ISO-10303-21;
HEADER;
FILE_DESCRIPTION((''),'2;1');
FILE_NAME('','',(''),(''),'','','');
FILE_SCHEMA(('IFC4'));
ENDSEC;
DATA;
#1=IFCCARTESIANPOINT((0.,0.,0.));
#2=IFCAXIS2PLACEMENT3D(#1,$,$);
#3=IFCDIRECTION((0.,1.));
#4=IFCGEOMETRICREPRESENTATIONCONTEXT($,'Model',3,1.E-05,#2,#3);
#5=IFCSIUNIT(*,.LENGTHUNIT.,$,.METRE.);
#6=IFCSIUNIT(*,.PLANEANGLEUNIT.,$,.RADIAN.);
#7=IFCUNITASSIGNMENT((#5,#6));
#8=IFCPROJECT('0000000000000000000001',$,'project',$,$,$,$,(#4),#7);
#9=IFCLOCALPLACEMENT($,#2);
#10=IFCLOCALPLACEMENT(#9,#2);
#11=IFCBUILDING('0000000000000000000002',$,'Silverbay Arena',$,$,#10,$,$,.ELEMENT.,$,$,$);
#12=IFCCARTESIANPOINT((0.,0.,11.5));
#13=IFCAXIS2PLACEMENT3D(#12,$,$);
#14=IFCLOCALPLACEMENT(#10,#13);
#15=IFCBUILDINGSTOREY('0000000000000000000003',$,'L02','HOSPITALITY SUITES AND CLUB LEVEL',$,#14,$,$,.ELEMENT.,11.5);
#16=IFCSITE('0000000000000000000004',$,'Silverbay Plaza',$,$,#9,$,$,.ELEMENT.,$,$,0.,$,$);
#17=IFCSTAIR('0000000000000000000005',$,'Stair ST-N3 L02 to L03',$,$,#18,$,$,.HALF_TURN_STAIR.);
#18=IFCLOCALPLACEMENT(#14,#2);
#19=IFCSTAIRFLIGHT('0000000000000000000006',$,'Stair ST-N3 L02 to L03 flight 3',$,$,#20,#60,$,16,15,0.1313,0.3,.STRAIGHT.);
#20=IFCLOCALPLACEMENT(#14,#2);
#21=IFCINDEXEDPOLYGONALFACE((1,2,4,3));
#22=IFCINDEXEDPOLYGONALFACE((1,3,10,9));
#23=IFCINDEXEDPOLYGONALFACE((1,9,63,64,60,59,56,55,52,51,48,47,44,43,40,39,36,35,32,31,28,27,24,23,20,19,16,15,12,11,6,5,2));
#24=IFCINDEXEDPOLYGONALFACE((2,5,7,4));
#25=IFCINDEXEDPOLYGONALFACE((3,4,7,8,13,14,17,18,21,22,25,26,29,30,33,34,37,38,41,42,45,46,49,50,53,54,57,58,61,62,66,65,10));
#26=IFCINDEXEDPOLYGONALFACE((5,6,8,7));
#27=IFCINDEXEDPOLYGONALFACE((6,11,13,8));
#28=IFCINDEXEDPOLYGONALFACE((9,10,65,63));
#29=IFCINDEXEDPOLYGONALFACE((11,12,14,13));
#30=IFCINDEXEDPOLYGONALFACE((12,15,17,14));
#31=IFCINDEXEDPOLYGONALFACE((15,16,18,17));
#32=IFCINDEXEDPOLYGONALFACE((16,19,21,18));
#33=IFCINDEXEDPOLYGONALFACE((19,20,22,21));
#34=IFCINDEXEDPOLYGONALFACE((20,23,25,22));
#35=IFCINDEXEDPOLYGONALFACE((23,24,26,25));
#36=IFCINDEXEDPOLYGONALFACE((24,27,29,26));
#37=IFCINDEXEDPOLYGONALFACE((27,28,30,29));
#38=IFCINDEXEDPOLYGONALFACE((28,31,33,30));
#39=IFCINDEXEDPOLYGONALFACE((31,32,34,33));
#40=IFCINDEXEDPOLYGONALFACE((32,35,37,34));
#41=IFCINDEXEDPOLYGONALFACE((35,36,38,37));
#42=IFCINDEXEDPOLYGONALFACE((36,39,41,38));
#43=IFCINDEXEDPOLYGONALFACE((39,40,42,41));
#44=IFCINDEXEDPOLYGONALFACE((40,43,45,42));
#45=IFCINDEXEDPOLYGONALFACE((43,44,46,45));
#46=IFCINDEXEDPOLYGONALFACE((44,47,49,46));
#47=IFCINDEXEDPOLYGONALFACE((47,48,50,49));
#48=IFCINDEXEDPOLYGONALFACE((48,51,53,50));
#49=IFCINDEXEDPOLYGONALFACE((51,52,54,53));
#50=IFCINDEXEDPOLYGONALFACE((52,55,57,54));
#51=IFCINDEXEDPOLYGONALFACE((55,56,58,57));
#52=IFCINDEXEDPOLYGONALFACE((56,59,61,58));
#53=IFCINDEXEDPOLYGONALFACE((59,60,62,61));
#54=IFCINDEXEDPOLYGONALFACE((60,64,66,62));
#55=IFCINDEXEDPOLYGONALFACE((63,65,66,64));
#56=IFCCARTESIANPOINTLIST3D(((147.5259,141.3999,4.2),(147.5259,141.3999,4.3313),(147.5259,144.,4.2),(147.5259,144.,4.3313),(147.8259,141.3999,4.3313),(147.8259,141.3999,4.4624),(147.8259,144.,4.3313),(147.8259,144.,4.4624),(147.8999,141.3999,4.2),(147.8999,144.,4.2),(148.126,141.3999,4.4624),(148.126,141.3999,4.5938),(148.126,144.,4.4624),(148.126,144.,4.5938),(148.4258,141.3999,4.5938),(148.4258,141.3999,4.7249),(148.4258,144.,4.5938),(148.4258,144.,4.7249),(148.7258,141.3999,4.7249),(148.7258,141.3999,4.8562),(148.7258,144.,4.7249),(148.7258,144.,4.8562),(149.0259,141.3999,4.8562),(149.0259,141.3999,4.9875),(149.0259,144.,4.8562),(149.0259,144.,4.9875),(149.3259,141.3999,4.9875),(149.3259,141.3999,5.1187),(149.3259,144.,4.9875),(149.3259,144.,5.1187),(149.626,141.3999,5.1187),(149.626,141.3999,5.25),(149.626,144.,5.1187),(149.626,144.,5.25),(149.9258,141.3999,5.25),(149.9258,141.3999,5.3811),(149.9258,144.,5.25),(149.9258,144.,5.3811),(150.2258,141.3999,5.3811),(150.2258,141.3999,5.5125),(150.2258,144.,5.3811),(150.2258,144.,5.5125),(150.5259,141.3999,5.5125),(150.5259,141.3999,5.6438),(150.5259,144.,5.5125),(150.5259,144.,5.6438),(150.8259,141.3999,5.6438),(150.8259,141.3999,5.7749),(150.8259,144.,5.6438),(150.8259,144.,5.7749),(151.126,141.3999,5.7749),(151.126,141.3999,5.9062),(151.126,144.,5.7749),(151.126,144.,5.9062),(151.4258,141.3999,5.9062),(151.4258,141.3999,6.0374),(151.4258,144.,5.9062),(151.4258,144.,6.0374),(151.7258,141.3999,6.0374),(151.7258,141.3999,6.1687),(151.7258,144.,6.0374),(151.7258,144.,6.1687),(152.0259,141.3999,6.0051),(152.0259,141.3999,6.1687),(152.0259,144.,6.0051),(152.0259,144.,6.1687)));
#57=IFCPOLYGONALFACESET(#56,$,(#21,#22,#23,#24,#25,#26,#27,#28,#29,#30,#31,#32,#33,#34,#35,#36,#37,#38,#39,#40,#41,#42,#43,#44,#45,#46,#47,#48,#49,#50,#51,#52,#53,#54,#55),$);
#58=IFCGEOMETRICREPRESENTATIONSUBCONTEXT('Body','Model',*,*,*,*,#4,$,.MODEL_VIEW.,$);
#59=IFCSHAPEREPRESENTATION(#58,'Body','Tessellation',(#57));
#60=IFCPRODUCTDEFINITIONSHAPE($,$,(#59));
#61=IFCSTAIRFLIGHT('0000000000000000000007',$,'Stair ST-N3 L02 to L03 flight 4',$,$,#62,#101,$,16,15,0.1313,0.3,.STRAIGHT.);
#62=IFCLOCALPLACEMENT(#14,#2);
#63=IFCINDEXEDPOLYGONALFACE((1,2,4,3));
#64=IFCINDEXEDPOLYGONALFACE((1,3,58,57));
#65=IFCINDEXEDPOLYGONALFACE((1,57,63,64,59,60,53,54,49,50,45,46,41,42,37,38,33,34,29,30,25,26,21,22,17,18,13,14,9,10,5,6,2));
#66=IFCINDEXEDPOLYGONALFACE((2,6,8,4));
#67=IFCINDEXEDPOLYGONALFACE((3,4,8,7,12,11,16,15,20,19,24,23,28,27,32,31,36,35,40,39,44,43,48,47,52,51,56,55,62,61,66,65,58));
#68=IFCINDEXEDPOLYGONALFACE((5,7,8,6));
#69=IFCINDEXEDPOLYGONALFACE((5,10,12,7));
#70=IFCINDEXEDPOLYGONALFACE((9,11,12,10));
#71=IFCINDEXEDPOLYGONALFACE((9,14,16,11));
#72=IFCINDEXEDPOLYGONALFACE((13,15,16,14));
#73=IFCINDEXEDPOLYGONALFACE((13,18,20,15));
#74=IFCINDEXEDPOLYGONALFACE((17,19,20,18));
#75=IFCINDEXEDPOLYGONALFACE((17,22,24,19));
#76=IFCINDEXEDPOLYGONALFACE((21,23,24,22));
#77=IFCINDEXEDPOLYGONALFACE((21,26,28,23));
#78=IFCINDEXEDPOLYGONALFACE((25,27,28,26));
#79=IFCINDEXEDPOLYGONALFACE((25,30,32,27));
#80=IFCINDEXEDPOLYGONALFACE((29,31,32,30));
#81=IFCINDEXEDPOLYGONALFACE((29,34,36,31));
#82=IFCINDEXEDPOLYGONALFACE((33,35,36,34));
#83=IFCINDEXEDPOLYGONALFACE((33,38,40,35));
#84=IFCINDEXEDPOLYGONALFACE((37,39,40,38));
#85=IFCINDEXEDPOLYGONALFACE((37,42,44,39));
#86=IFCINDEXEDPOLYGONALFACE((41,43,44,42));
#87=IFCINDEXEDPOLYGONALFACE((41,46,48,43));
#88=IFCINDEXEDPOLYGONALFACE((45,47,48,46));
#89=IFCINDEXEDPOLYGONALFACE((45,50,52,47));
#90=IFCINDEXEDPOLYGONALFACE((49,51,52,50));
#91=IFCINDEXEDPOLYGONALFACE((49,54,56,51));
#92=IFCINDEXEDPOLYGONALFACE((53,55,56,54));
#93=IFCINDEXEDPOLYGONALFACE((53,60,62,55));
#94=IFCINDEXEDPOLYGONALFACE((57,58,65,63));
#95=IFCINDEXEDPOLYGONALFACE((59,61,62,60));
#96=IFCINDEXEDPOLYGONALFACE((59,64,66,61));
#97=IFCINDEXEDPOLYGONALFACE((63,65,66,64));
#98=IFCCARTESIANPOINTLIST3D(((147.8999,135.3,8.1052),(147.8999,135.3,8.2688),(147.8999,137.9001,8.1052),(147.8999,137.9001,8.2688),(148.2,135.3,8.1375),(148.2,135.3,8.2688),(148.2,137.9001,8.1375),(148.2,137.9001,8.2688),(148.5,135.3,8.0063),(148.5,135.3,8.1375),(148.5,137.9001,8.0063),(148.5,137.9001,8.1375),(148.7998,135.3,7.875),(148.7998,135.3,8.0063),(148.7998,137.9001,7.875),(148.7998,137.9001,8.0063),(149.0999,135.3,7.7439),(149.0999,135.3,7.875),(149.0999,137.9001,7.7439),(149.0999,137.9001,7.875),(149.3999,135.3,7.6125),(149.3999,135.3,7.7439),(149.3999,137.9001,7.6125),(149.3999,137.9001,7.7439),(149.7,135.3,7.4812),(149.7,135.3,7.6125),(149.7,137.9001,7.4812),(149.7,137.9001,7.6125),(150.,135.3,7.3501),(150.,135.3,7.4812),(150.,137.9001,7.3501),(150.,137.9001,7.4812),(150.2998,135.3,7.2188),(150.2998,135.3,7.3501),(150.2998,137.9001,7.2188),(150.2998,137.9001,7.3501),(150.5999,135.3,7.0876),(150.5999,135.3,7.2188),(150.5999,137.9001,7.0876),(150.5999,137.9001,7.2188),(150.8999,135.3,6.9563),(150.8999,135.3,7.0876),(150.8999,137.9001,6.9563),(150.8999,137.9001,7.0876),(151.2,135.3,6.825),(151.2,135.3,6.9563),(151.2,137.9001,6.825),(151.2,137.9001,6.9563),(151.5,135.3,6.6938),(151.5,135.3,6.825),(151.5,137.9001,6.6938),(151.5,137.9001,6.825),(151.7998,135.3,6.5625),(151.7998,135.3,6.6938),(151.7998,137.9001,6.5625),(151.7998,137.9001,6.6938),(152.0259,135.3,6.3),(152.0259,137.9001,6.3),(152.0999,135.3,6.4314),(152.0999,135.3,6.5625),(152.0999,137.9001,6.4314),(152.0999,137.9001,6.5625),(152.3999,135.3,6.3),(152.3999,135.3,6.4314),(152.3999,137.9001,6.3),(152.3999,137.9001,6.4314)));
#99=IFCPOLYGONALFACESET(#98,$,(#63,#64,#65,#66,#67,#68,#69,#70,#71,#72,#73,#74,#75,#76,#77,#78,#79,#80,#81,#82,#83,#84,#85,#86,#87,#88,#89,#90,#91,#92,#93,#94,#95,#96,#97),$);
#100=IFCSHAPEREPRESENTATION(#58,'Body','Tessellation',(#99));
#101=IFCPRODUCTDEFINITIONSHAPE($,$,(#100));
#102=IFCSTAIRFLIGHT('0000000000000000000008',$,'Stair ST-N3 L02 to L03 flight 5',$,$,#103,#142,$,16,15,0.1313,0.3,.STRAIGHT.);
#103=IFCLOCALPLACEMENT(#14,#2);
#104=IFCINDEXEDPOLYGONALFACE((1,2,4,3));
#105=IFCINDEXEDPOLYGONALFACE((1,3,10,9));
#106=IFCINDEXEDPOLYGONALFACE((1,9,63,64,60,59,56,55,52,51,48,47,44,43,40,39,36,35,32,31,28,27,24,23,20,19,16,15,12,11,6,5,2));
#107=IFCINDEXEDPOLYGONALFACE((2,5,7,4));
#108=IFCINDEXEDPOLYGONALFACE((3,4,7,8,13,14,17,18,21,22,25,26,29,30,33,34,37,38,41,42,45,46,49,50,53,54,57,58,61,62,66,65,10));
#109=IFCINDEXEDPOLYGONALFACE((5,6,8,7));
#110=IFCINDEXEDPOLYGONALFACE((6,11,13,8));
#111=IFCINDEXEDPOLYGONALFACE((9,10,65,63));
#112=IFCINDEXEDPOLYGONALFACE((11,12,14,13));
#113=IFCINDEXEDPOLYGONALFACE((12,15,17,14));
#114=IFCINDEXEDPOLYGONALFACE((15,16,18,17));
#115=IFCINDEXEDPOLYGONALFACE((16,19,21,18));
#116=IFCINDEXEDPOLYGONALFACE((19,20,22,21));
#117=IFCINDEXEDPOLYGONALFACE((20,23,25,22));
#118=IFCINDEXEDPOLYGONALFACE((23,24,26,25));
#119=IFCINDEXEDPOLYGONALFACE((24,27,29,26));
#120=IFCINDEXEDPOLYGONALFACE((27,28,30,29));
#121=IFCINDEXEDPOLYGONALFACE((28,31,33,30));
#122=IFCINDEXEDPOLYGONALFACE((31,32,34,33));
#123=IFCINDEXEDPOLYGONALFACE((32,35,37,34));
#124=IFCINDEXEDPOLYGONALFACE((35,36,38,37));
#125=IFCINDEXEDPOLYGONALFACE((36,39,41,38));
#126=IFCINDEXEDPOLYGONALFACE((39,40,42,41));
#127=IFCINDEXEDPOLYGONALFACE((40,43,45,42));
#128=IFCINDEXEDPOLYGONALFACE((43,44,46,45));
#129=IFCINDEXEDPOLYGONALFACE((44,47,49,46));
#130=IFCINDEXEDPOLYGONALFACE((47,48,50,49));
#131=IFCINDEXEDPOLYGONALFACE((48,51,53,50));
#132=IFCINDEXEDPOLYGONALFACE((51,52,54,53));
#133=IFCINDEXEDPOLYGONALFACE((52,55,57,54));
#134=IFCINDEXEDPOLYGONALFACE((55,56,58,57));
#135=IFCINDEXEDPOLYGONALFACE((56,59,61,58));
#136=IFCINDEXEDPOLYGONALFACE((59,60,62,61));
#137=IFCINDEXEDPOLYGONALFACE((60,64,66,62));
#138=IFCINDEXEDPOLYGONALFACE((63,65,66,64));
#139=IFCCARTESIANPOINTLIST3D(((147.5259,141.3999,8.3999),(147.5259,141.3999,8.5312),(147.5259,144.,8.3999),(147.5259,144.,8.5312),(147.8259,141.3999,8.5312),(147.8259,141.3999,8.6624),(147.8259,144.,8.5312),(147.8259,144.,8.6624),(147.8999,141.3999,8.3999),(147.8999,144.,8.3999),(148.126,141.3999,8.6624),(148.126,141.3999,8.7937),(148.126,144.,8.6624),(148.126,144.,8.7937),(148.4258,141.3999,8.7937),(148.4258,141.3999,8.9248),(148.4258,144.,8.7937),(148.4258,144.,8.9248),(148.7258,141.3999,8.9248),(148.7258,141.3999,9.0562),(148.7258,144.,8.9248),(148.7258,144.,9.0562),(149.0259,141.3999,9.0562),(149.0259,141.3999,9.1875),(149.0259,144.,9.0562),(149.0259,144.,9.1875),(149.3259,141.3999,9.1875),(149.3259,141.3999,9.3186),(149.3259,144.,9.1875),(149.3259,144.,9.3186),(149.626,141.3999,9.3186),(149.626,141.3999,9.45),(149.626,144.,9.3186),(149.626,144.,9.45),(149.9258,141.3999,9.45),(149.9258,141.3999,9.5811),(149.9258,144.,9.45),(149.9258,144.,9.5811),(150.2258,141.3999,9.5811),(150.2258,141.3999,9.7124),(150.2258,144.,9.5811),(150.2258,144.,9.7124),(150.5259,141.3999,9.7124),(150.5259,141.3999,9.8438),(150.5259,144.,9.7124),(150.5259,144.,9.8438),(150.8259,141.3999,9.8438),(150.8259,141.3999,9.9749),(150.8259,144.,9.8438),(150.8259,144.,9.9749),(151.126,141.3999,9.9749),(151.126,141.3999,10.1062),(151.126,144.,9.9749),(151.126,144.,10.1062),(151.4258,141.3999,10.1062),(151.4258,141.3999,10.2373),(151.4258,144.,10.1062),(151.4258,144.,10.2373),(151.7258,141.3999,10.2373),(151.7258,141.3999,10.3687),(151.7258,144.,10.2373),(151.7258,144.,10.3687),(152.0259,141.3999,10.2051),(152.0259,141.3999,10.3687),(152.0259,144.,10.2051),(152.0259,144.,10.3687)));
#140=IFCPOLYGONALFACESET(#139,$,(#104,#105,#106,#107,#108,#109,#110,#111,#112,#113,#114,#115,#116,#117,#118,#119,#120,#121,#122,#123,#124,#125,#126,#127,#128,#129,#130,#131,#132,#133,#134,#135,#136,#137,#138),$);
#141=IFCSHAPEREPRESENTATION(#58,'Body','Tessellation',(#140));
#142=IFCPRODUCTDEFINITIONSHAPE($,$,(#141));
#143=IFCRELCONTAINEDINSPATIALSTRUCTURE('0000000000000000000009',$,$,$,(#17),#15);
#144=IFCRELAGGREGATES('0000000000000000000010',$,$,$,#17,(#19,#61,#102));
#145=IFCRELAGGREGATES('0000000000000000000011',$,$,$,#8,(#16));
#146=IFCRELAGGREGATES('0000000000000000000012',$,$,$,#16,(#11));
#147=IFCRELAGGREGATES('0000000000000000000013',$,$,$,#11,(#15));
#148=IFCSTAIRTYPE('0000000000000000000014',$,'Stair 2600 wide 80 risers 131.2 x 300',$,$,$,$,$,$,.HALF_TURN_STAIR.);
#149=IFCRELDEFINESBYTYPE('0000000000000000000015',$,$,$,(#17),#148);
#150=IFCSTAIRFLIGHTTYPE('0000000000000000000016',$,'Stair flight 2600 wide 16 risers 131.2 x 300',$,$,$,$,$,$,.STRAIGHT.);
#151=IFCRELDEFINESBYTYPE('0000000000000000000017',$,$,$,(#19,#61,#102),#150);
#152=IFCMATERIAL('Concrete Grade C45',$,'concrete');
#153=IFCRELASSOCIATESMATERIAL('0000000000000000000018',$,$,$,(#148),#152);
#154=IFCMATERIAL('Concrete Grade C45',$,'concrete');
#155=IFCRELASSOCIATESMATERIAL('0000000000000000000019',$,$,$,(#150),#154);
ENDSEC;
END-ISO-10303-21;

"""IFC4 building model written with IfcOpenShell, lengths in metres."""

from ifc_helpers import new_model, si_unit, direction, frame, origin, place, context, subcontext, project, spatial, polyline, outline, extrude, material, type_object, element, aggregate, save


model = new_model("IFC4")

# Units and contexts
model_context = context("Model", 3, precision=1e-05, world=origin(), true_north=direction((0.0, 1.0)))
body_context = subcontext(model_context, "Body", "Model", "MODEL_VIEW")
ifc_project = project(units=[si_unit("LENGTHUNIT", "METRE"), si_unit("PLANEANGLEUNIT", "RADIAN")], contexts=[model_context])

# Site, building, storey
site_placement = place(None, origin())
site = spatial("IfcSite", under=ifc_project, at=site_placement, Name="Silverbay Plaza", CompositionType="ELEMENT", RefElevation=0.0)
building_placement = place(site_placement, origin())
building = spatial("IfcBuilding", under=site, at=building_placement, Name="Silverbay Arena", CompositionType="ELEMENT")
storey_placement = place(building_placement, frame((0.0, 0.0, 11.5)))
storey = spatial("IfcBuildingStorey", under=building, at=storey_placement, Name="L02", Description="HOSPITALITY SUITES AND CLUB LEVEL", CompositionType="ELEMENT", Elevation=11.5)

# Stair, stair flights
ifc_material_1 = material(Name="Concrete Grade C45", Category="concrete")
stair_type = type_object("IfcStairType", Name="Stair 2600 wide 80 risers 131.2 x 300", PredefinedType="HALF_TURN_STAIR", material=ifc_material_1)
stair_placement = place(storey_placement, origin())
stair = element("IfcStair", 1, at=stair_placement, inside=storey, type_object=stair_type, Name="Stair ST-N3 L02 to L03", PredefinedType="HALF_TURN_STAIR")
ifc_material_2 = material(Name="Concrete Grade C45", Category="concrete")
stair_flight_type = type_object("IfcStairFlightType", Name="Stair flight 2600 wide 16 risers 131.2 x 300", PredefinedType="STRAIGHT", material=ifc_material_2)
stair_flight_1_placement = place(storey_placement, frame((147.5259, 142.7, 4.2), z_axis=(0.0, 0.0, 1.0), x_axis=(1.0, 0.0, 0.0)))
stair_flight_1 = element("IfcStairFlight", 2, at=stair_flight_1_placement, type_object=stair_flight_type, Name="Stair ST-N3 L02 to L03 flight 3", NumberOfRisers=16, NumberOfTreads=15, PredefinedType="STRAIGHT", RiserHeight=0.1313, TreadLength=0.3, context=body_context, shape_type="SweptSolid", body=[
    extrude(outline(polyline([(0.0, 0.0), (0.0, 0.1313), (0.3, 0.1313), (0.3, 0.2625), (0.6001, 0.2625), (0.6001, 0.3938), (0.8999, 0.3938), (0.8999, 0.5249), (1.2, 0.5249), (1.2, 0.6562), (1.5, 0.6562), (1.5, 0.7876), (1.8, 0.7876), (1.8, 0.9187), (2.1001, 0.9187), (2.1001, 1.05), (2.3999, 1.05), (2.3999, 1.1812), (2.7, 1.1812), (2.7, 1.3125), (3.0, 1.3125), (3.0, 1.4438), (3.3, 1.4438), (3.3, 1.575), (3.6001, 1.575), (3.6001, 1.7063), (3.8999, 1.7063), (3.8999, 1.8374), (4.2, 1.8374), (4.2, 1.9688), (4.5, 1.9688), (4.5, 1.8052), (0.374, 0.0), (0.0, 0.0)])), frame((0.0, 1.3, 0.0), z_axis=(0.0, -1.0, 0.0), x_axis=(1.0, 0.0, 0.0)), (0.0, 0.0, 1.0), 2.6001),
])
stair_flight_2_placement = place(storey_placement, frame((152.3999, 136.6001, 6.3), z_axis=(0.0, 0.0, 1.0), x_axis=(-1.0, 0.0, 0.0)))
stair_flight_2 = element("IfcStairFlight", 3, at=stair_flight_2_placement, type_object=stair_flight_type, Name="Stair ST-N3 L02 to L03 flight 4", NumberOfRisers=16, NumberOfTreads=15, PredefinedType="STRAIGHT", RiserHeight=0.1313, TreadLength=0.3, context=body_context, shape_type="SweptSolid", body=[
    extrude(outline(polyline([(0.0, 0.0), (0.0, 0.1313), (0.3, 0.1313), (0.3, 0.2625), (0.6001, 0.2625), (0.6001, 0.3938), (0.8999, 0.3938), (0.8999, 0.5249), (1.2, 0.5249), (1.2, 0.6562), (1.5, 0.6562), (1.5, 0.7876), (1.8, 0.7876), (1.8, 0.9187), (2.1001, 0.9187), (2.1001, 1.05), (2.3999, 1.05), (2.3999, 1.1812), (2.7, 1.1812), (2.7, 1.3125), (3.0, 1.3125), (3.0, 1.4438), (3.3, 1.4438), (3.3, 1.575), (3.6001, 1.575), (3.6001, 1.7063), (3.8999, 1.7063), (3.8999, 1.8374), (4.2, 1.8374), (4.2, 1.9688), (4.5, 1.9688), (4.5, 1.8052), (0.374, 0.0), (0.0, 0.0)])), frame((0.0, 1.3, 0.0), z_axis=(0.0, -1.0, 0.0), x_axis=(1.0, 0.0, 0.0)), (0.0, 0.0, 1.0), 2.6001),
])
stair_flight_3_placement = place(storey_placement, frame((147.5259, 142.7, 8.3999), z_axis=(0.0, 0.0, 1.0), x_axis=(1.0, 0.0, 0.0)))
stair_flight_3 = element("IfcStairFlight", 4, at=stair_flight_3_placement, type_object=stair_flight_type, Name="Stair ST-N3 L02 to L03 flight 5", NumberOfRisers=16, NumberOfTreads=15, PredefinedType="STRAIGHT", RiserHeight=0.1313, TreadLength=0.3, context=body_context, shape_type="SweptSolid", body=[
    extrude(outline(polyline([(0.0, 0.0), (0.0, 0.1313), (0.3, 0.1313), (0.3, 0.2625), (0.6001, 0.2625), (0.6001, 0.3938), (0.8999, 0.3938), (0.8999, 0.5249), (1.2, 0.5249), (1.2, 0.6562), (1.5, 0.6562), (1.5, 0.7876), (1.8, 0.7876), (1.8, 0.9187), (2.1001, 0.9187), (2.1001, 1.05), (2.3999, 1.05), (2.3999, 1.1812), (2.7, 1.1812), (2.7, 1.3125), (3.0, 1.3125), (3.0, 1.4438), (3.3, 1.4438), (3.3, 1.575), (3.6001, 1.575), (3.6001, 1.7063), (3.8999, 1.7063), (3.8999, 1.8374), (4.2, 1.8374), (4.2, 1.9688), (4.5, 1.9688), (4.5, 1.8052), (0.374, 0.0), (0.0, 0.0)])), frame((0.0, 1.3, 0.0), z_axis=(0.0, -1.0, 0.0), x_axis=(1.0, 0.0, 0.0)), (0.0, 0.0, 1.0), 2.6001),
])
aggregate(stair, [stair_flight_1, stair_flight_2, stair_flight_3])

save(model, "model.ifc")
